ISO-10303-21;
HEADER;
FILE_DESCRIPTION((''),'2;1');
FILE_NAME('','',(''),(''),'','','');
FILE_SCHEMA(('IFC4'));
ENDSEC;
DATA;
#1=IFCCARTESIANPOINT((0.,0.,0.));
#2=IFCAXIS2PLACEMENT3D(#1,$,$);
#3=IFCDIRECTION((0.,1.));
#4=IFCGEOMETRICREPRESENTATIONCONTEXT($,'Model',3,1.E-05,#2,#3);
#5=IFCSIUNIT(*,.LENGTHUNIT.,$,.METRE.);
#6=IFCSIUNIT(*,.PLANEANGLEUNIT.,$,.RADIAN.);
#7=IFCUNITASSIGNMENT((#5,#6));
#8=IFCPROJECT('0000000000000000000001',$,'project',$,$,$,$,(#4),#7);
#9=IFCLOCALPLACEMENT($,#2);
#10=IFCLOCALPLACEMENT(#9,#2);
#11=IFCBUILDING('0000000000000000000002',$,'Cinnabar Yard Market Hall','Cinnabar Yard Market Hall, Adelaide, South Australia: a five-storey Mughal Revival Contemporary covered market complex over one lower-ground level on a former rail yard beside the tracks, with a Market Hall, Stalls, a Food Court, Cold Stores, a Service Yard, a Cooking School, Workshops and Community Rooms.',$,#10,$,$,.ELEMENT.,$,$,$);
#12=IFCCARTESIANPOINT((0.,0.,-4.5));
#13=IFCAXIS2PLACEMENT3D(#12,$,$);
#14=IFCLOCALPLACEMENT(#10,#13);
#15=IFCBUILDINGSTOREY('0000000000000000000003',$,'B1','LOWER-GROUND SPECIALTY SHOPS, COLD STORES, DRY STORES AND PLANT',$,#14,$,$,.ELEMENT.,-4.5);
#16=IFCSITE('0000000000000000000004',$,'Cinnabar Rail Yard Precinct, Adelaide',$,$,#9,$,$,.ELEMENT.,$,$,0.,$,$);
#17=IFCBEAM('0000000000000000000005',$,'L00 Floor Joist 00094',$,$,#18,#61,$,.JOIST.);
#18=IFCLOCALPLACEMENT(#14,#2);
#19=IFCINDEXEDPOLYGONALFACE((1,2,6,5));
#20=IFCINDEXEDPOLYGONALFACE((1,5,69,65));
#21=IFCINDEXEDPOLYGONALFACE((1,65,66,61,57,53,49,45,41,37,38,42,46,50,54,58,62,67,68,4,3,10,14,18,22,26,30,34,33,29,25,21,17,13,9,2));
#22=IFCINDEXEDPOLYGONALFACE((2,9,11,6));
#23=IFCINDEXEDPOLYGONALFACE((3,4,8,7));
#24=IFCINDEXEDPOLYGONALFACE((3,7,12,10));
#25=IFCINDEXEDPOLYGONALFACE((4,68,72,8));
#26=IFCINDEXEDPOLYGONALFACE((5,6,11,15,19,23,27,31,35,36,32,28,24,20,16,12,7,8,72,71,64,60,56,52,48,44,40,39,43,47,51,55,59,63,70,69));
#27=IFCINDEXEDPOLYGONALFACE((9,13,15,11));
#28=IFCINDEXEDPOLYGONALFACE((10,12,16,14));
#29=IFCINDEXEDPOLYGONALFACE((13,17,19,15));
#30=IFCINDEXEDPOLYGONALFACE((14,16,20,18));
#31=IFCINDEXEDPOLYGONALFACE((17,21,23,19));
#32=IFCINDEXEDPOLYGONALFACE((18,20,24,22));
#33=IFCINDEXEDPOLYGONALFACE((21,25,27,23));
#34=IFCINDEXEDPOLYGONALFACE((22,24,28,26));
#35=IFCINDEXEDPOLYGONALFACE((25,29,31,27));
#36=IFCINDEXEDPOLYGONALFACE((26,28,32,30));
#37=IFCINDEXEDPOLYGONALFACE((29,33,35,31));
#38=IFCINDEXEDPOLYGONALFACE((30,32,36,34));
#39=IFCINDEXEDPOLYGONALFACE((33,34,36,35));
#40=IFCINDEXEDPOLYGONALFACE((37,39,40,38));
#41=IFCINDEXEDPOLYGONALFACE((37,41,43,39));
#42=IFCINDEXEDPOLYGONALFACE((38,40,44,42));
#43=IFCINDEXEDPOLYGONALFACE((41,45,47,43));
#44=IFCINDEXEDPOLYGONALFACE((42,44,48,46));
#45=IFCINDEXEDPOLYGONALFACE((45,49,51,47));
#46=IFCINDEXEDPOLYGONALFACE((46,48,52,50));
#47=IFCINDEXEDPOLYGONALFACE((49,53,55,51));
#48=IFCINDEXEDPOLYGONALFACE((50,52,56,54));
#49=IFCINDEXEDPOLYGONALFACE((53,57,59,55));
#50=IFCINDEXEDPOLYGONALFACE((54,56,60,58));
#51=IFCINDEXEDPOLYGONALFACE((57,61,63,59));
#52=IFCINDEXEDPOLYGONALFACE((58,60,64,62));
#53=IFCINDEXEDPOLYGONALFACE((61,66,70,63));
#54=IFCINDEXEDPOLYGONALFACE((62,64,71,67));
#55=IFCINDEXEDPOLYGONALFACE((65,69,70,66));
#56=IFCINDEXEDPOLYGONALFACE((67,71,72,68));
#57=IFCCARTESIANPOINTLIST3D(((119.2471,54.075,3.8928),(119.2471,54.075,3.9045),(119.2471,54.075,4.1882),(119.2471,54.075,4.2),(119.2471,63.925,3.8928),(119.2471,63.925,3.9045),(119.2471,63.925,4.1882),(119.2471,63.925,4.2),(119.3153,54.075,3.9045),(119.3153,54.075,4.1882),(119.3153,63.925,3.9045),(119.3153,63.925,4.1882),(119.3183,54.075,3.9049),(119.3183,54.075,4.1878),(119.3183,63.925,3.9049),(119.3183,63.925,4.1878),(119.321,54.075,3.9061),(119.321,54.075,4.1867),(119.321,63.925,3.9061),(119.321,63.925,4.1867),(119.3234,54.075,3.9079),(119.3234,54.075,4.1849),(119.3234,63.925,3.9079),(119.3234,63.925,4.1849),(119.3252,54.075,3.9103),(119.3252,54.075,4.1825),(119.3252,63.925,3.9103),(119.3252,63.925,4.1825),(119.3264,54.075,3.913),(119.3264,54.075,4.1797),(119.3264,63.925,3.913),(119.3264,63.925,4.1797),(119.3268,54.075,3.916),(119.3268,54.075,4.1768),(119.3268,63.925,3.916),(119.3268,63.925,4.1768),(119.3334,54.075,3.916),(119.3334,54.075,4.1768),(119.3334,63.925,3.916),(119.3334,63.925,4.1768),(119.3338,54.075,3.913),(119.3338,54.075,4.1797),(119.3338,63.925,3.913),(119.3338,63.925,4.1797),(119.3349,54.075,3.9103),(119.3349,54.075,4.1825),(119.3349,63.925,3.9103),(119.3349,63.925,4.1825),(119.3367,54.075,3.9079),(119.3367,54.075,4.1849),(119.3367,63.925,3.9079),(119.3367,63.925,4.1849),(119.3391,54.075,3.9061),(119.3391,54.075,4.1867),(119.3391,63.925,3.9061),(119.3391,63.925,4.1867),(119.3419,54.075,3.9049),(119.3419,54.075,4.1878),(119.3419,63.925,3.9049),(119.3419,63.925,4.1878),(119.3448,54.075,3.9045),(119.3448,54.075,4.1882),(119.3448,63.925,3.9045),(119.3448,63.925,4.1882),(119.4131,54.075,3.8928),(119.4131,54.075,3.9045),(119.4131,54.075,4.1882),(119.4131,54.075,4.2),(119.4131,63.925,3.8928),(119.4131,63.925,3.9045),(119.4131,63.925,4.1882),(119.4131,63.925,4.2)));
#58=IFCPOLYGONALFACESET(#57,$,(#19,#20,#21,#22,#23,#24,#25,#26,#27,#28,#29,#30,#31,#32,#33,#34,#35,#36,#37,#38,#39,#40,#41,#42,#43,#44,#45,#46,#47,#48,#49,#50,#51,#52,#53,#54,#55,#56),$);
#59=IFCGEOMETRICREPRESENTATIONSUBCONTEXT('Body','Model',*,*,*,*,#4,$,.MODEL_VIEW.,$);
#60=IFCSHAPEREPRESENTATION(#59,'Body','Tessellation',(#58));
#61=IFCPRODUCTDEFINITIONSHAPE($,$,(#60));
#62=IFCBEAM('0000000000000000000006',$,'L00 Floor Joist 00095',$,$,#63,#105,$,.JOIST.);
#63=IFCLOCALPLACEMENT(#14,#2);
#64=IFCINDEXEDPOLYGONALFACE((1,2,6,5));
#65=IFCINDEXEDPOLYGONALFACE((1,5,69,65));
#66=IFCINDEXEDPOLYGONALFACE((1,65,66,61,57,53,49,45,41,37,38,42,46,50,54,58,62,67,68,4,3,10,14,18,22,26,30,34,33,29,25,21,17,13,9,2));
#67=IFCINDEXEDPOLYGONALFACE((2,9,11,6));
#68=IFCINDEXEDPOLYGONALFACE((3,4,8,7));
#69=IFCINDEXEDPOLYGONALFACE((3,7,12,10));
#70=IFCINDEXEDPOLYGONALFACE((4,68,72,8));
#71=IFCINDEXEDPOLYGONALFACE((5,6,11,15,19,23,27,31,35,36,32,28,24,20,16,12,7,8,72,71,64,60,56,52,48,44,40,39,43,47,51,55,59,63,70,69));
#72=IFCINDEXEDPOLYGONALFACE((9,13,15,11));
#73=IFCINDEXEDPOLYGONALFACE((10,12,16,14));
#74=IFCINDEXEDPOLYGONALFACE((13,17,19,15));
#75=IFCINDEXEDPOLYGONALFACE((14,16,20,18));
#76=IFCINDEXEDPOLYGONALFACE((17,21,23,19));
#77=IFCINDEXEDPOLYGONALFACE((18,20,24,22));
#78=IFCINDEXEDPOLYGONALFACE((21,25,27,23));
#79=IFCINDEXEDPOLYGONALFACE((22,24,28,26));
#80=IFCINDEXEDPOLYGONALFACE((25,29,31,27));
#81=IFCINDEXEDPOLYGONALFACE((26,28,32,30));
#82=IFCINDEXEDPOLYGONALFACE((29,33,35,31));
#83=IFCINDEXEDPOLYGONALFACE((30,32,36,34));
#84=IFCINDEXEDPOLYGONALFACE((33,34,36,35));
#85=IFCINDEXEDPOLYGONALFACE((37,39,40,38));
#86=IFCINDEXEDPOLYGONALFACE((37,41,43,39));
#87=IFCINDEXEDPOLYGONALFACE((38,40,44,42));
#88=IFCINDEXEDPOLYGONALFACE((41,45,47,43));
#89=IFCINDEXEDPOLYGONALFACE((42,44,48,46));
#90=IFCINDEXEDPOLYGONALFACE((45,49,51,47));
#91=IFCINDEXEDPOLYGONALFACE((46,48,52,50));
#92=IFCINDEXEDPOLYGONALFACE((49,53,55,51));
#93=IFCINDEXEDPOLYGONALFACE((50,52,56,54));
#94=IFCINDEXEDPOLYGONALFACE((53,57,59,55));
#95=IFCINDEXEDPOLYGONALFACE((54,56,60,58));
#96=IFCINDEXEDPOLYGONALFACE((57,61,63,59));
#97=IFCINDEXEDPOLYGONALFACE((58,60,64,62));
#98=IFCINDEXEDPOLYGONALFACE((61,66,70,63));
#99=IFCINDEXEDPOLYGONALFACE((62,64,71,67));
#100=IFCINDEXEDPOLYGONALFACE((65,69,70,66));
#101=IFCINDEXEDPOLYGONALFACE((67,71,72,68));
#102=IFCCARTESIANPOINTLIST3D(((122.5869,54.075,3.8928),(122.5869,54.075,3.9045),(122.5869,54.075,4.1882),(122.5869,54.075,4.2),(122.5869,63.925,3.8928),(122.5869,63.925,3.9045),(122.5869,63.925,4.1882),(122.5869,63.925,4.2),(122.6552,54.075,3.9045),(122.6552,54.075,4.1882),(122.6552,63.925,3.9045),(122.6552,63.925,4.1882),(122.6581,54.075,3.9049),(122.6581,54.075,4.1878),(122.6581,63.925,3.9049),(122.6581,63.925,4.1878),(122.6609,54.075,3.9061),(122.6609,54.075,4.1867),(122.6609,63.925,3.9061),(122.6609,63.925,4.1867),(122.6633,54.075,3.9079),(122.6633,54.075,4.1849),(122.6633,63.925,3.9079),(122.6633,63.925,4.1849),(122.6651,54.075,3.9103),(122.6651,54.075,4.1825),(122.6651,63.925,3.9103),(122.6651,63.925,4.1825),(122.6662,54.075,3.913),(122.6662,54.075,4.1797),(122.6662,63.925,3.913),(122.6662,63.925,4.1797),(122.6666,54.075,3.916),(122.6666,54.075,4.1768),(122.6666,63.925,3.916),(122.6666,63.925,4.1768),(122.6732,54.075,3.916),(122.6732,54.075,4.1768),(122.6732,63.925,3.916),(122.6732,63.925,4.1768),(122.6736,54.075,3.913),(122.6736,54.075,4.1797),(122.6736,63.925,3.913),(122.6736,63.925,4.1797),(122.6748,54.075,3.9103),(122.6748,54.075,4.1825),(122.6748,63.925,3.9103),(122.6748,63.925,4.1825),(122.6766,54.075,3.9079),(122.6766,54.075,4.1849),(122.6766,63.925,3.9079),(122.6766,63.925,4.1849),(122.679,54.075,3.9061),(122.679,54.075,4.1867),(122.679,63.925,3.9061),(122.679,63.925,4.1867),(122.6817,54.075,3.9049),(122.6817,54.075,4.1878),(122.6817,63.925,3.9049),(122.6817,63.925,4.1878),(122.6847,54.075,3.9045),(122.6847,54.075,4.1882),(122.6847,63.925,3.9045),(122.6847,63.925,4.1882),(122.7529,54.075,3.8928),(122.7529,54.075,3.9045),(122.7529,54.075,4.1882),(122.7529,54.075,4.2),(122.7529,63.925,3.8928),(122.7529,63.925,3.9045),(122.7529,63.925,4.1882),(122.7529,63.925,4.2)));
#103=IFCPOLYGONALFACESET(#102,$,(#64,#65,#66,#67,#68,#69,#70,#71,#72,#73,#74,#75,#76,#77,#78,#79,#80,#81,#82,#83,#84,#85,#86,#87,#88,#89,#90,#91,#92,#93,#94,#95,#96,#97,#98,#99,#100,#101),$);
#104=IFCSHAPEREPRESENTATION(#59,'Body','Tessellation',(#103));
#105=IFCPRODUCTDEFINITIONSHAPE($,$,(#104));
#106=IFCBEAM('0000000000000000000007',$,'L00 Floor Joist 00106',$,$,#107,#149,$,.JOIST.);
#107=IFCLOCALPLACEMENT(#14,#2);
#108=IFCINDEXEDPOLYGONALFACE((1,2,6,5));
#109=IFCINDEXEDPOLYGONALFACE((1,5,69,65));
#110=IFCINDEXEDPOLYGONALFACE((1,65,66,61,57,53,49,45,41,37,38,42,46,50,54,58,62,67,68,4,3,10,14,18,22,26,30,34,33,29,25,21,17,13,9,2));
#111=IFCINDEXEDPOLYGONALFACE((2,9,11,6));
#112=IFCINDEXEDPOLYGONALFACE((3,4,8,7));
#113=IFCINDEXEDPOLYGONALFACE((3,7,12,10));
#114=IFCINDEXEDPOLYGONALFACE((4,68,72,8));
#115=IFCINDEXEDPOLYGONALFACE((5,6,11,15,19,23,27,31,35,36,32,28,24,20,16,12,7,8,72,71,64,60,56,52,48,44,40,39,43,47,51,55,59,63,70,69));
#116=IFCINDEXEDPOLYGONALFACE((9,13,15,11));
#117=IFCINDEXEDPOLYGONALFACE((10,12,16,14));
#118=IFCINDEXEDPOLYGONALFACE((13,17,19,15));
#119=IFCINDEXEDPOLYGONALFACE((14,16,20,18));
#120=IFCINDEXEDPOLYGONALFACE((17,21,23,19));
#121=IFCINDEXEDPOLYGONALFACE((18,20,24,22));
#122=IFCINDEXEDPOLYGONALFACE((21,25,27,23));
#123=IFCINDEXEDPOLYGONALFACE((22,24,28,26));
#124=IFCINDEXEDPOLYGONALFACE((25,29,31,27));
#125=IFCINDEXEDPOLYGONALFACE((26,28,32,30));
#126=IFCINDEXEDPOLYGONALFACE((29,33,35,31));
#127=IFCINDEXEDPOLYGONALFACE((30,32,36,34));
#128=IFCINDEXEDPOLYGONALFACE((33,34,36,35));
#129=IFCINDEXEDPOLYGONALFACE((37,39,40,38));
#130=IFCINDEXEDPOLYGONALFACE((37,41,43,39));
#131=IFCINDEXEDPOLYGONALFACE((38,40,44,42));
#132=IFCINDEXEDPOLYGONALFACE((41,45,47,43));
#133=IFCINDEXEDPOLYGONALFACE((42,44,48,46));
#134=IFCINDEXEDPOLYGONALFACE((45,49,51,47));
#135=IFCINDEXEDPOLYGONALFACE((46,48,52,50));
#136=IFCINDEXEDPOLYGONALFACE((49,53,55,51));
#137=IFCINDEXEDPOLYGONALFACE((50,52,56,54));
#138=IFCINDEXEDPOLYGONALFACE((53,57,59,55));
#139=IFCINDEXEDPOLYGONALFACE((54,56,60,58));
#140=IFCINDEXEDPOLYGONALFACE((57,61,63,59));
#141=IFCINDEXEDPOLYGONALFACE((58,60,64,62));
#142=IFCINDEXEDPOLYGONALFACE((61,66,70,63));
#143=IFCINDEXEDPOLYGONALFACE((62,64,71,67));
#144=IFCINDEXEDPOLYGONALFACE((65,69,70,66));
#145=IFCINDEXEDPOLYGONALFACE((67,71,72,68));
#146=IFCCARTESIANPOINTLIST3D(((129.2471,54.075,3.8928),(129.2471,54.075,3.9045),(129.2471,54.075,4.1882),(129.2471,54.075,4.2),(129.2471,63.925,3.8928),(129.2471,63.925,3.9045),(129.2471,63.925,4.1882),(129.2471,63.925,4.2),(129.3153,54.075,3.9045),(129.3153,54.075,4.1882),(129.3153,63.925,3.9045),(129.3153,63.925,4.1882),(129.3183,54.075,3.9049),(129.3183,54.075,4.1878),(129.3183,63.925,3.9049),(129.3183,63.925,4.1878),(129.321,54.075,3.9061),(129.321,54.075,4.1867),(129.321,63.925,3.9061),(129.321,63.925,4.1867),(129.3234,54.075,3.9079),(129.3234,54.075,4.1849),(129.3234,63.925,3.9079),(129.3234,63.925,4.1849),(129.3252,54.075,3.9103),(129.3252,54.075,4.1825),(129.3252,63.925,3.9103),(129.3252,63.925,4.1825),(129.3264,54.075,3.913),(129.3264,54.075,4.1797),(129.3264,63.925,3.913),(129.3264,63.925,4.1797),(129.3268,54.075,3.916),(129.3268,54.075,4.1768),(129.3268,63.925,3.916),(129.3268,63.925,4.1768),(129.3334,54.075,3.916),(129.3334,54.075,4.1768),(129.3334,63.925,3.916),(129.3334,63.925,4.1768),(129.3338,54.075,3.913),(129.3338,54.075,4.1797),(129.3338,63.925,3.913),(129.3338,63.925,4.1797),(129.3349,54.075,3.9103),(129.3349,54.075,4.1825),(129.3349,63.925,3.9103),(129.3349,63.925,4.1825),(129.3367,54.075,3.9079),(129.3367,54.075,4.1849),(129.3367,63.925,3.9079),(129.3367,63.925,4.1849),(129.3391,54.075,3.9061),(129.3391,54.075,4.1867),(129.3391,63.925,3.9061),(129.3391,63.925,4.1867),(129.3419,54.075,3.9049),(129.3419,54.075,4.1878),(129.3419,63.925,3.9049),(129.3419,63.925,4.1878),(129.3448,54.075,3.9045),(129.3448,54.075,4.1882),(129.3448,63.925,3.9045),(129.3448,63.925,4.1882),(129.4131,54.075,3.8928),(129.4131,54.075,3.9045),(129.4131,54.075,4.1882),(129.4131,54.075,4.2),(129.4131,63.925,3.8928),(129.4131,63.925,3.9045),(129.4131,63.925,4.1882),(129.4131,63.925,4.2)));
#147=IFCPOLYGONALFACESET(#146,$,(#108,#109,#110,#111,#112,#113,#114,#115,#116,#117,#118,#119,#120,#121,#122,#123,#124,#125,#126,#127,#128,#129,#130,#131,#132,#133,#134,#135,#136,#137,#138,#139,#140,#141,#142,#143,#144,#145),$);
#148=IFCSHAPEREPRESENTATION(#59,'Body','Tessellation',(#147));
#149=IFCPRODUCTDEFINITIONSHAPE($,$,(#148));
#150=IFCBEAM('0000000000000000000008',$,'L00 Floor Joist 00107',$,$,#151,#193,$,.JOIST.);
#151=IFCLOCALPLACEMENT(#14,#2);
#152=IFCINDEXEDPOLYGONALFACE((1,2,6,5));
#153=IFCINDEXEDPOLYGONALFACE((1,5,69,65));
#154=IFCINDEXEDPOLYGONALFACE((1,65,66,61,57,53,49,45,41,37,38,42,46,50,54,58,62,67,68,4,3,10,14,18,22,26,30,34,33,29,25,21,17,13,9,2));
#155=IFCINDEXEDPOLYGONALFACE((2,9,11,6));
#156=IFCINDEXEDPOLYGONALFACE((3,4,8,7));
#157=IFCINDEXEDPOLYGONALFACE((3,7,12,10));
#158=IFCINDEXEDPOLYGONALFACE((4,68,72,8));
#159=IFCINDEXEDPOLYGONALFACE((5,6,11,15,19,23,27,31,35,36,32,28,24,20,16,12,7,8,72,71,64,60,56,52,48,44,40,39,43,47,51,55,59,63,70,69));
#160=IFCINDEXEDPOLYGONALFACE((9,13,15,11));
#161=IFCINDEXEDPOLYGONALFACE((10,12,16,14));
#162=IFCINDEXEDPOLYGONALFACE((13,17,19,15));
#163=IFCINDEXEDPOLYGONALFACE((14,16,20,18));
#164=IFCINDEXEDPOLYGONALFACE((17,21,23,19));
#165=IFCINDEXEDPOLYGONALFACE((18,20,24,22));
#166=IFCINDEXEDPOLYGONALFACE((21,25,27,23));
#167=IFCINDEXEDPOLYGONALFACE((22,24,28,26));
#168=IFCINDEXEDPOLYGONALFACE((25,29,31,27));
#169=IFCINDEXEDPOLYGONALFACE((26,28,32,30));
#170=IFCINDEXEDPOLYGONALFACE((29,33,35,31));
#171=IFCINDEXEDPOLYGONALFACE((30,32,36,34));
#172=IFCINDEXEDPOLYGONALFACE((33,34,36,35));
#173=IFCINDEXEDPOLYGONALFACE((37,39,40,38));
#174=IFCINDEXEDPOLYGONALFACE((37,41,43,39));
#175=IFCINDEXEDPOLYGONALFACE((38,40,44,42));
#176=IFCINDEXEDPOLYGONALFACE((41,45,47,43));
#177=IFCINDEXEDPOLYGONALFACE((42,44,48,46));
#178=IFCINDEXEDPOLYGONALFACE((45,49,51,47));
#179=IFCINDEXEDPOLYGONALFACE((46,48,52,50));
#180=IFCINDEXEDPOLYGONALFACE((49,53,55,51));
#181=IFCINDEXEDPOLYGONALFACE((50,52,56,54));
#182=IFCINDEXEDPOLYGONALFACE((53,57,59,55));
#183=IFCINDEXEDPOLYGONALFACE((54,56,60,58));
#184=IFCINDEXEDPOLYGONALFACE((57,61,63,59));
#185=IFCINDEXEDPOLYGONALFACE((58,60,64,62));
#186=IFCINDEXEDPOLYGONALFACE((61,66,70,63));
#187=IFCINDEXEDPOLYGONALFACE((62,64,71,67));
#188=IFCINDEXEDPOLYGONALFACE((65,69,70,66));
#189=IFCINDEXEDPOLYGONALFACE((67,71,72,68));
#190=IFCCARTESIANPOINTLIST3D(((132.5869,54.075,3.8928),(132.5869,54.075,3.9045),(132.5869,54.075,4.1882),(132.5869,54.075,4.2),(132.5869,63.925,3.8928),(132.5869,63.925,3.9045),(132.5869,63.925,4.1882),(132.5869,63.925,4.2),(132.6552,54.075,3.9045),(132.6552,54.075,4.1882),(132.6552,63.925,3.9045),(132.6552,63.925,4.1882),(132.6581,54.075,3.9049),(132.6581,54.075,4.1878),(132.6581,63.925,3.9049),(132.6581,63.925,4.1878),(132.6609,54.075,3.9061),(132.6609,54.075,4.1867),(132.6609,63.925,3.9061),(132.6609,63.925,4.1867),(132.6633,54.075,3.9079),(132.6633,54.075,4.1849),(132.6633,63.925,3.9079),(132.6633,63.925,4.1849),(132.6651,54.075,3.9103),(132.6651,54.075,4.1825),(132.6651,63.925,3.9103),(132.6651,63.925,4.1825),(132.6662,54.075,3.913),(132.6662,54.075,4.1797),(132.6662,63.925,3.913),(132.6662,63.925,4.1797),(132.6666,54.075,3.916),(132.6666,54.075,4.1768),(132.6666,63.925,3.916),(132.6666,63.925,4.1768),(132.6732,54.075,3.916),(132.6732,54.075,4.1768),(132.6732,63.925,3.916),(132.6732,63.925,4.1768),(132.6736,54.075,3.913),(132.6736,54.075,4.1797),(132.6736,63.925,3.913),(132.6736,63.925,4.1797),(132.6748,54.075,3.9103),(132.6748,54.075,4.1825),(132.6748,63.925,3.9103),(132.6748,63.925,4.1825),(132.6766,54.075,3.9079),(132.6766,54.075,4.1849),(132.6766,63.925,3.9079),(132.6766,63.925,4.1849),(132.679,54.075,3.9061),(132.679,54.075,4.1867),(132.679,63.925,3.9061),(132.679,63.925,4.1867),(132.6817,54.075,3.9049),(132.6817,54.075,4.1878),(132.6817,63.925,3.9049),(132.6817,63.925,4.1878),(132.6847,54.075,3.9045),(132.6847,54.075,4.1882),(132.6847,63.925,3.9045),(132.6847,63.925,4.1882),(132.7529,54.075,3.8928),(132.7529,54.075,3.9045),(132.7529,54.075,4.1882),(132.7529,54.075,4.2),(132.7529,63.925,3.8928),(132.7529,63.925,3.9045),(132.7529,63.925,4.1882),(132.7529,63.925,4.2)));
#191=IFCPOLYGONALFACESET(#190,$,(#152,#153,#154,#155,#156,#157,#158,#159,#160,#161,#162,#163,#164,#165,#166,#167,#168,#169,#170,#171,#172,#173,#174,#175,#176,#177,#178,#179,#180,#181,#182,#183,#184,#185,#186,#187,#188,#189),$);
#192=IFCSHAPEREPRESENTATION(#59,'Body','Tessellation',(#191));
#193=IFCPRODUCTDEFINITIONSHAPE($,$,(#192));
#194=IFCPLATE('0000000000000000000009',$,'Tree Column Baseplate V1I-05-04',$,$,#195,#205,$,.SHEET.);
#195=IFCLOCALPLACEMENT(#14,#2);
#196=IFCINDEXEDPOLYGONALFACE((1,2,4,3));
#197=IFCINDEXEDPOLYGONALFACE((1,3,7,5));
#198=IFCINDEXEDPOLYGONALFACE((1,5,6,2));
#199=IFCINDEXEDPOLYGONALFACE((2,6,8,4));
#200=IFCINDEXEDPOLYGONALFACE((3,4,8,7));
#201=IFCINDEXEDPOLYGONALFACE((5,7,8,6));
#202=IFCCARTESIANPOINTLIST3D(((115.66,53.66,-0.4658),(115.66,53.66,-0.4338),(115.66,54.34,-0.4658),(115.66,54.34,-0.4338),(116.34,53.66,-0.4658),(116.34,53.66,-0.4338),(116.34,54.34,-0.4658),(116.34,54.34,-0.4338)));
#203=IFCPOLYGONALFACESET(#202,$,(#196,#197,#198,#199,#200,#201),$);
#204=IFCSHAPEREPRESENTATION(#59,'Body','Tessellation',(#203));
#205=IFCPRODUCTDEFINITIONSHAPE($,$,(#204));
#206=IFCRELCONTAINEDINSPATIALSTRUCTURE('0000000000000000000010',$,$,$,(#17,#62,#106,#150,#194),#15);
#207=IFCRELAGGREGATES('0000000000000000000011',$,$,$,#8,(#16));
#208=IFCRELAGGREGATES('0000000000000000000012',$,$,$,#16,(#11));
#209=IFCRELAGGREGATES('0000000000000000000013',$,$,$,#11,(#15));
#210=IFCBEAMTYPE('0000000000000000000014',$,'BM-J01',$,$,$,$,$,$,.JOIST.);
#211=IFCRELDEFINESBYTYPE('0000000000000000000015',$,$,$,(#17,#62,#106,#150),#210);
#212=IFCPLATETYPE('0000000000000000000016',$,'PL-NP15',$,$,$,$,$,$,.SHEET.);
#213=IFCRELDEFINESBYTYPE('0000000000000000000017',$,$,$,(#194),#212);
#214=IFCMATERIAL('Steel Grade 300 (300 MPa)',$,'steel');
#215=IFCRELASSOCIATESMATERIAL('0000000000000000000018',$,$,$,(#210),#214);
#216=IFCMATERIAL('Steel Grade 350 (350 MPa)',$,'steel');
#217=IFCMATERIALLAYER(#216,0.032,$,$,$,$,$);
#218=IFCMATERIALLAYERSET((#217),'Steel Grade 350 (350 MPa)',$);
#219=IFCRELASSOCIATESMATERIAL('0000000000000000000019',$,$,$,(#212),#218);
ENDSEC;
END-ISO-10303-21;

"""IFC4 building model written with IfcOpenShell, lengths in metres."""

from ifc_helpers import new_model, si_unit, direction, frame, origin, origin_2d_with_axis, place, context, subcontext, project, spatial, rectangle, i_section, extrude, material, layer, layer_set, material_profile, profile_set, type_object, element, save


model = new_model("IFC4")

# Units and contexts
model_context = context("Model", 3, precision=1e-05, world=origin(), true_north=direction((0.0, 1.0)))
body_context = subcontext(model_context, "Body", "Model", "MODEL_VIEW")
ifc_project = project(units=[si_unit("LENGTHUNIT", "METRE"), si_unit("PLANEANGLEUNIT", "RADIAN")], contexts=[model_context])

# Site, building, storey
site_placement = place(None, origin())
site = spatial("IfcSite", under=ifc_project, at=site_placement, Name="Cinnabar Rail Yard Precinct, Adelaide", CompositionType="ELEMENT", RefElevation=0.0)
building_placement = place(site_placement, origin())
building = spatial("IfcBuilding", under=site, at=building_placement, Name="Cinnabar Yard Market Hall", Description="Cinnabar Yard Market Hall, Adelaide, South Australia: a five-storey Mughal Revival Contemporary covered market complex over one lower-ground level on a former rail yard beside the tracks, with a Market Hall, Stalls, a Food Court, Cold Stores, a Service Yard, a Cooking School, Workshops and Community Rooms.", CompositionType="ELEMENT")
storey_placement = place(building_placement, frame((0.0, 0.0, -4.5)))
storey = spatial("IfcBuildingStorey", under=building, at=storey_placement, Name="B1", Description="LOWER-GROUND SPECIALTY SHOPS, COLD STORES, DRY STORES AND PLANT", CompositionType="ELEMENT", Elevation=-4.5)

# Beams
ifc_material_1 = material(Name="Steel Grade 300 (300 MPa)", Category="steel")
ifc_material_profile_1 = material_profile(ifc_material_1, i_section(OverallWidth=0.166, OverallDepth=0.3071, WebThickness=0.0066, FlangeThickness=0.0117, FilletRadius=0.0115, at=origin_2d_with_axis()), Name="310UB46.2")
ifc_profile_set_1 = profile_set([ifc_material_profile_1], Name="Steel Grade 300 (300 MPa)")
beam_type_1 = type_object("IfcBeamType", Name="BM-J01", PredefinedType="JOIST", material=ifc_profile_set_1)
for number, where, z_axis, x_axis, name in (
    (1, (119.3301, 54.075, 4.0464), (0.0, 1.0, 0.0), (-1.0, 0.0, 0.0), "L00 Floor Joist 00094"),
    (2, (122.6699, 54.075, 4.0464), (0.0, 1.0, 0.0), (-1.0, 0.0, 0.0), "L00 Floor Joist 00095"),
    (3, (129.3301, 54.075, 4.0464), (0.0, 1.0, 0.0), (-1.0, 0.0, 0.0), "L00 Floor Joist 00106"),
    (4, (132.6699, 54.075, 4.0464), (0.0, 1.0, 0.0), (-1.0, 0.0, 0.0), "L00 Floor Joist 00107"),
):
    element("IfcBeam", number, at=place(storey_placement, frame(where, z_axis=z_axis, x_axis=x_axis)), inside=storey, type_object=beam_type_1, Name=name, PredefinedType="JOIST", context=body_context, shape_type="SweptSolid", body=[
        extrude(i_section(OverallWidth=0.166, OverallDepth=0.3071, WebThickness=0.0066, FlangeThickness=0.0117, FilletRadius=0.0115, at=origin_2d_with_axis()), origin(), (0.0, 0.0, 1.0), 9.8501),
    ])

# Plate
ifc_material_2 = material(Name="Steel Grade 350 (350 MPa)", Category="steel")
ifc_layer_1 = layer(ifc_material_2, 0.032)
ifc_layer_set_1 = layer_set([ifc_layer_1], Name="Steel Grade 350 (350 MPa)")
plate_type = type_object("IfcPlateType", Name="PL-NP15", PredefinedType="SHEET", material=ifc_layer_set_1)
for number, where, z_axis, x_axis, name in (
    (5, (116.0, 54.0, -0.4658), (0.0, 0.0, 1.0), (1.0, 0.0, 0.0), "Tree Column Baseplate V1I-05-04"),
):
    element("IfcPlate", number, at=place(storey_placement, frame(where, z_axis=z_axis, x_axis=x_axis)), inside=storey, type_object=plate_type, Name=name, PredefinedType="SHEET", context=body_context, shape_type="SweptSolid", body=[
        extrude(rectangle(XDim=0.6799, YDim=0.6799, at=origin_2d_with_axis()), origin(), (0.0, 0.0, 1.0), 0.032),
    ])

save(model, "model.ifc")
